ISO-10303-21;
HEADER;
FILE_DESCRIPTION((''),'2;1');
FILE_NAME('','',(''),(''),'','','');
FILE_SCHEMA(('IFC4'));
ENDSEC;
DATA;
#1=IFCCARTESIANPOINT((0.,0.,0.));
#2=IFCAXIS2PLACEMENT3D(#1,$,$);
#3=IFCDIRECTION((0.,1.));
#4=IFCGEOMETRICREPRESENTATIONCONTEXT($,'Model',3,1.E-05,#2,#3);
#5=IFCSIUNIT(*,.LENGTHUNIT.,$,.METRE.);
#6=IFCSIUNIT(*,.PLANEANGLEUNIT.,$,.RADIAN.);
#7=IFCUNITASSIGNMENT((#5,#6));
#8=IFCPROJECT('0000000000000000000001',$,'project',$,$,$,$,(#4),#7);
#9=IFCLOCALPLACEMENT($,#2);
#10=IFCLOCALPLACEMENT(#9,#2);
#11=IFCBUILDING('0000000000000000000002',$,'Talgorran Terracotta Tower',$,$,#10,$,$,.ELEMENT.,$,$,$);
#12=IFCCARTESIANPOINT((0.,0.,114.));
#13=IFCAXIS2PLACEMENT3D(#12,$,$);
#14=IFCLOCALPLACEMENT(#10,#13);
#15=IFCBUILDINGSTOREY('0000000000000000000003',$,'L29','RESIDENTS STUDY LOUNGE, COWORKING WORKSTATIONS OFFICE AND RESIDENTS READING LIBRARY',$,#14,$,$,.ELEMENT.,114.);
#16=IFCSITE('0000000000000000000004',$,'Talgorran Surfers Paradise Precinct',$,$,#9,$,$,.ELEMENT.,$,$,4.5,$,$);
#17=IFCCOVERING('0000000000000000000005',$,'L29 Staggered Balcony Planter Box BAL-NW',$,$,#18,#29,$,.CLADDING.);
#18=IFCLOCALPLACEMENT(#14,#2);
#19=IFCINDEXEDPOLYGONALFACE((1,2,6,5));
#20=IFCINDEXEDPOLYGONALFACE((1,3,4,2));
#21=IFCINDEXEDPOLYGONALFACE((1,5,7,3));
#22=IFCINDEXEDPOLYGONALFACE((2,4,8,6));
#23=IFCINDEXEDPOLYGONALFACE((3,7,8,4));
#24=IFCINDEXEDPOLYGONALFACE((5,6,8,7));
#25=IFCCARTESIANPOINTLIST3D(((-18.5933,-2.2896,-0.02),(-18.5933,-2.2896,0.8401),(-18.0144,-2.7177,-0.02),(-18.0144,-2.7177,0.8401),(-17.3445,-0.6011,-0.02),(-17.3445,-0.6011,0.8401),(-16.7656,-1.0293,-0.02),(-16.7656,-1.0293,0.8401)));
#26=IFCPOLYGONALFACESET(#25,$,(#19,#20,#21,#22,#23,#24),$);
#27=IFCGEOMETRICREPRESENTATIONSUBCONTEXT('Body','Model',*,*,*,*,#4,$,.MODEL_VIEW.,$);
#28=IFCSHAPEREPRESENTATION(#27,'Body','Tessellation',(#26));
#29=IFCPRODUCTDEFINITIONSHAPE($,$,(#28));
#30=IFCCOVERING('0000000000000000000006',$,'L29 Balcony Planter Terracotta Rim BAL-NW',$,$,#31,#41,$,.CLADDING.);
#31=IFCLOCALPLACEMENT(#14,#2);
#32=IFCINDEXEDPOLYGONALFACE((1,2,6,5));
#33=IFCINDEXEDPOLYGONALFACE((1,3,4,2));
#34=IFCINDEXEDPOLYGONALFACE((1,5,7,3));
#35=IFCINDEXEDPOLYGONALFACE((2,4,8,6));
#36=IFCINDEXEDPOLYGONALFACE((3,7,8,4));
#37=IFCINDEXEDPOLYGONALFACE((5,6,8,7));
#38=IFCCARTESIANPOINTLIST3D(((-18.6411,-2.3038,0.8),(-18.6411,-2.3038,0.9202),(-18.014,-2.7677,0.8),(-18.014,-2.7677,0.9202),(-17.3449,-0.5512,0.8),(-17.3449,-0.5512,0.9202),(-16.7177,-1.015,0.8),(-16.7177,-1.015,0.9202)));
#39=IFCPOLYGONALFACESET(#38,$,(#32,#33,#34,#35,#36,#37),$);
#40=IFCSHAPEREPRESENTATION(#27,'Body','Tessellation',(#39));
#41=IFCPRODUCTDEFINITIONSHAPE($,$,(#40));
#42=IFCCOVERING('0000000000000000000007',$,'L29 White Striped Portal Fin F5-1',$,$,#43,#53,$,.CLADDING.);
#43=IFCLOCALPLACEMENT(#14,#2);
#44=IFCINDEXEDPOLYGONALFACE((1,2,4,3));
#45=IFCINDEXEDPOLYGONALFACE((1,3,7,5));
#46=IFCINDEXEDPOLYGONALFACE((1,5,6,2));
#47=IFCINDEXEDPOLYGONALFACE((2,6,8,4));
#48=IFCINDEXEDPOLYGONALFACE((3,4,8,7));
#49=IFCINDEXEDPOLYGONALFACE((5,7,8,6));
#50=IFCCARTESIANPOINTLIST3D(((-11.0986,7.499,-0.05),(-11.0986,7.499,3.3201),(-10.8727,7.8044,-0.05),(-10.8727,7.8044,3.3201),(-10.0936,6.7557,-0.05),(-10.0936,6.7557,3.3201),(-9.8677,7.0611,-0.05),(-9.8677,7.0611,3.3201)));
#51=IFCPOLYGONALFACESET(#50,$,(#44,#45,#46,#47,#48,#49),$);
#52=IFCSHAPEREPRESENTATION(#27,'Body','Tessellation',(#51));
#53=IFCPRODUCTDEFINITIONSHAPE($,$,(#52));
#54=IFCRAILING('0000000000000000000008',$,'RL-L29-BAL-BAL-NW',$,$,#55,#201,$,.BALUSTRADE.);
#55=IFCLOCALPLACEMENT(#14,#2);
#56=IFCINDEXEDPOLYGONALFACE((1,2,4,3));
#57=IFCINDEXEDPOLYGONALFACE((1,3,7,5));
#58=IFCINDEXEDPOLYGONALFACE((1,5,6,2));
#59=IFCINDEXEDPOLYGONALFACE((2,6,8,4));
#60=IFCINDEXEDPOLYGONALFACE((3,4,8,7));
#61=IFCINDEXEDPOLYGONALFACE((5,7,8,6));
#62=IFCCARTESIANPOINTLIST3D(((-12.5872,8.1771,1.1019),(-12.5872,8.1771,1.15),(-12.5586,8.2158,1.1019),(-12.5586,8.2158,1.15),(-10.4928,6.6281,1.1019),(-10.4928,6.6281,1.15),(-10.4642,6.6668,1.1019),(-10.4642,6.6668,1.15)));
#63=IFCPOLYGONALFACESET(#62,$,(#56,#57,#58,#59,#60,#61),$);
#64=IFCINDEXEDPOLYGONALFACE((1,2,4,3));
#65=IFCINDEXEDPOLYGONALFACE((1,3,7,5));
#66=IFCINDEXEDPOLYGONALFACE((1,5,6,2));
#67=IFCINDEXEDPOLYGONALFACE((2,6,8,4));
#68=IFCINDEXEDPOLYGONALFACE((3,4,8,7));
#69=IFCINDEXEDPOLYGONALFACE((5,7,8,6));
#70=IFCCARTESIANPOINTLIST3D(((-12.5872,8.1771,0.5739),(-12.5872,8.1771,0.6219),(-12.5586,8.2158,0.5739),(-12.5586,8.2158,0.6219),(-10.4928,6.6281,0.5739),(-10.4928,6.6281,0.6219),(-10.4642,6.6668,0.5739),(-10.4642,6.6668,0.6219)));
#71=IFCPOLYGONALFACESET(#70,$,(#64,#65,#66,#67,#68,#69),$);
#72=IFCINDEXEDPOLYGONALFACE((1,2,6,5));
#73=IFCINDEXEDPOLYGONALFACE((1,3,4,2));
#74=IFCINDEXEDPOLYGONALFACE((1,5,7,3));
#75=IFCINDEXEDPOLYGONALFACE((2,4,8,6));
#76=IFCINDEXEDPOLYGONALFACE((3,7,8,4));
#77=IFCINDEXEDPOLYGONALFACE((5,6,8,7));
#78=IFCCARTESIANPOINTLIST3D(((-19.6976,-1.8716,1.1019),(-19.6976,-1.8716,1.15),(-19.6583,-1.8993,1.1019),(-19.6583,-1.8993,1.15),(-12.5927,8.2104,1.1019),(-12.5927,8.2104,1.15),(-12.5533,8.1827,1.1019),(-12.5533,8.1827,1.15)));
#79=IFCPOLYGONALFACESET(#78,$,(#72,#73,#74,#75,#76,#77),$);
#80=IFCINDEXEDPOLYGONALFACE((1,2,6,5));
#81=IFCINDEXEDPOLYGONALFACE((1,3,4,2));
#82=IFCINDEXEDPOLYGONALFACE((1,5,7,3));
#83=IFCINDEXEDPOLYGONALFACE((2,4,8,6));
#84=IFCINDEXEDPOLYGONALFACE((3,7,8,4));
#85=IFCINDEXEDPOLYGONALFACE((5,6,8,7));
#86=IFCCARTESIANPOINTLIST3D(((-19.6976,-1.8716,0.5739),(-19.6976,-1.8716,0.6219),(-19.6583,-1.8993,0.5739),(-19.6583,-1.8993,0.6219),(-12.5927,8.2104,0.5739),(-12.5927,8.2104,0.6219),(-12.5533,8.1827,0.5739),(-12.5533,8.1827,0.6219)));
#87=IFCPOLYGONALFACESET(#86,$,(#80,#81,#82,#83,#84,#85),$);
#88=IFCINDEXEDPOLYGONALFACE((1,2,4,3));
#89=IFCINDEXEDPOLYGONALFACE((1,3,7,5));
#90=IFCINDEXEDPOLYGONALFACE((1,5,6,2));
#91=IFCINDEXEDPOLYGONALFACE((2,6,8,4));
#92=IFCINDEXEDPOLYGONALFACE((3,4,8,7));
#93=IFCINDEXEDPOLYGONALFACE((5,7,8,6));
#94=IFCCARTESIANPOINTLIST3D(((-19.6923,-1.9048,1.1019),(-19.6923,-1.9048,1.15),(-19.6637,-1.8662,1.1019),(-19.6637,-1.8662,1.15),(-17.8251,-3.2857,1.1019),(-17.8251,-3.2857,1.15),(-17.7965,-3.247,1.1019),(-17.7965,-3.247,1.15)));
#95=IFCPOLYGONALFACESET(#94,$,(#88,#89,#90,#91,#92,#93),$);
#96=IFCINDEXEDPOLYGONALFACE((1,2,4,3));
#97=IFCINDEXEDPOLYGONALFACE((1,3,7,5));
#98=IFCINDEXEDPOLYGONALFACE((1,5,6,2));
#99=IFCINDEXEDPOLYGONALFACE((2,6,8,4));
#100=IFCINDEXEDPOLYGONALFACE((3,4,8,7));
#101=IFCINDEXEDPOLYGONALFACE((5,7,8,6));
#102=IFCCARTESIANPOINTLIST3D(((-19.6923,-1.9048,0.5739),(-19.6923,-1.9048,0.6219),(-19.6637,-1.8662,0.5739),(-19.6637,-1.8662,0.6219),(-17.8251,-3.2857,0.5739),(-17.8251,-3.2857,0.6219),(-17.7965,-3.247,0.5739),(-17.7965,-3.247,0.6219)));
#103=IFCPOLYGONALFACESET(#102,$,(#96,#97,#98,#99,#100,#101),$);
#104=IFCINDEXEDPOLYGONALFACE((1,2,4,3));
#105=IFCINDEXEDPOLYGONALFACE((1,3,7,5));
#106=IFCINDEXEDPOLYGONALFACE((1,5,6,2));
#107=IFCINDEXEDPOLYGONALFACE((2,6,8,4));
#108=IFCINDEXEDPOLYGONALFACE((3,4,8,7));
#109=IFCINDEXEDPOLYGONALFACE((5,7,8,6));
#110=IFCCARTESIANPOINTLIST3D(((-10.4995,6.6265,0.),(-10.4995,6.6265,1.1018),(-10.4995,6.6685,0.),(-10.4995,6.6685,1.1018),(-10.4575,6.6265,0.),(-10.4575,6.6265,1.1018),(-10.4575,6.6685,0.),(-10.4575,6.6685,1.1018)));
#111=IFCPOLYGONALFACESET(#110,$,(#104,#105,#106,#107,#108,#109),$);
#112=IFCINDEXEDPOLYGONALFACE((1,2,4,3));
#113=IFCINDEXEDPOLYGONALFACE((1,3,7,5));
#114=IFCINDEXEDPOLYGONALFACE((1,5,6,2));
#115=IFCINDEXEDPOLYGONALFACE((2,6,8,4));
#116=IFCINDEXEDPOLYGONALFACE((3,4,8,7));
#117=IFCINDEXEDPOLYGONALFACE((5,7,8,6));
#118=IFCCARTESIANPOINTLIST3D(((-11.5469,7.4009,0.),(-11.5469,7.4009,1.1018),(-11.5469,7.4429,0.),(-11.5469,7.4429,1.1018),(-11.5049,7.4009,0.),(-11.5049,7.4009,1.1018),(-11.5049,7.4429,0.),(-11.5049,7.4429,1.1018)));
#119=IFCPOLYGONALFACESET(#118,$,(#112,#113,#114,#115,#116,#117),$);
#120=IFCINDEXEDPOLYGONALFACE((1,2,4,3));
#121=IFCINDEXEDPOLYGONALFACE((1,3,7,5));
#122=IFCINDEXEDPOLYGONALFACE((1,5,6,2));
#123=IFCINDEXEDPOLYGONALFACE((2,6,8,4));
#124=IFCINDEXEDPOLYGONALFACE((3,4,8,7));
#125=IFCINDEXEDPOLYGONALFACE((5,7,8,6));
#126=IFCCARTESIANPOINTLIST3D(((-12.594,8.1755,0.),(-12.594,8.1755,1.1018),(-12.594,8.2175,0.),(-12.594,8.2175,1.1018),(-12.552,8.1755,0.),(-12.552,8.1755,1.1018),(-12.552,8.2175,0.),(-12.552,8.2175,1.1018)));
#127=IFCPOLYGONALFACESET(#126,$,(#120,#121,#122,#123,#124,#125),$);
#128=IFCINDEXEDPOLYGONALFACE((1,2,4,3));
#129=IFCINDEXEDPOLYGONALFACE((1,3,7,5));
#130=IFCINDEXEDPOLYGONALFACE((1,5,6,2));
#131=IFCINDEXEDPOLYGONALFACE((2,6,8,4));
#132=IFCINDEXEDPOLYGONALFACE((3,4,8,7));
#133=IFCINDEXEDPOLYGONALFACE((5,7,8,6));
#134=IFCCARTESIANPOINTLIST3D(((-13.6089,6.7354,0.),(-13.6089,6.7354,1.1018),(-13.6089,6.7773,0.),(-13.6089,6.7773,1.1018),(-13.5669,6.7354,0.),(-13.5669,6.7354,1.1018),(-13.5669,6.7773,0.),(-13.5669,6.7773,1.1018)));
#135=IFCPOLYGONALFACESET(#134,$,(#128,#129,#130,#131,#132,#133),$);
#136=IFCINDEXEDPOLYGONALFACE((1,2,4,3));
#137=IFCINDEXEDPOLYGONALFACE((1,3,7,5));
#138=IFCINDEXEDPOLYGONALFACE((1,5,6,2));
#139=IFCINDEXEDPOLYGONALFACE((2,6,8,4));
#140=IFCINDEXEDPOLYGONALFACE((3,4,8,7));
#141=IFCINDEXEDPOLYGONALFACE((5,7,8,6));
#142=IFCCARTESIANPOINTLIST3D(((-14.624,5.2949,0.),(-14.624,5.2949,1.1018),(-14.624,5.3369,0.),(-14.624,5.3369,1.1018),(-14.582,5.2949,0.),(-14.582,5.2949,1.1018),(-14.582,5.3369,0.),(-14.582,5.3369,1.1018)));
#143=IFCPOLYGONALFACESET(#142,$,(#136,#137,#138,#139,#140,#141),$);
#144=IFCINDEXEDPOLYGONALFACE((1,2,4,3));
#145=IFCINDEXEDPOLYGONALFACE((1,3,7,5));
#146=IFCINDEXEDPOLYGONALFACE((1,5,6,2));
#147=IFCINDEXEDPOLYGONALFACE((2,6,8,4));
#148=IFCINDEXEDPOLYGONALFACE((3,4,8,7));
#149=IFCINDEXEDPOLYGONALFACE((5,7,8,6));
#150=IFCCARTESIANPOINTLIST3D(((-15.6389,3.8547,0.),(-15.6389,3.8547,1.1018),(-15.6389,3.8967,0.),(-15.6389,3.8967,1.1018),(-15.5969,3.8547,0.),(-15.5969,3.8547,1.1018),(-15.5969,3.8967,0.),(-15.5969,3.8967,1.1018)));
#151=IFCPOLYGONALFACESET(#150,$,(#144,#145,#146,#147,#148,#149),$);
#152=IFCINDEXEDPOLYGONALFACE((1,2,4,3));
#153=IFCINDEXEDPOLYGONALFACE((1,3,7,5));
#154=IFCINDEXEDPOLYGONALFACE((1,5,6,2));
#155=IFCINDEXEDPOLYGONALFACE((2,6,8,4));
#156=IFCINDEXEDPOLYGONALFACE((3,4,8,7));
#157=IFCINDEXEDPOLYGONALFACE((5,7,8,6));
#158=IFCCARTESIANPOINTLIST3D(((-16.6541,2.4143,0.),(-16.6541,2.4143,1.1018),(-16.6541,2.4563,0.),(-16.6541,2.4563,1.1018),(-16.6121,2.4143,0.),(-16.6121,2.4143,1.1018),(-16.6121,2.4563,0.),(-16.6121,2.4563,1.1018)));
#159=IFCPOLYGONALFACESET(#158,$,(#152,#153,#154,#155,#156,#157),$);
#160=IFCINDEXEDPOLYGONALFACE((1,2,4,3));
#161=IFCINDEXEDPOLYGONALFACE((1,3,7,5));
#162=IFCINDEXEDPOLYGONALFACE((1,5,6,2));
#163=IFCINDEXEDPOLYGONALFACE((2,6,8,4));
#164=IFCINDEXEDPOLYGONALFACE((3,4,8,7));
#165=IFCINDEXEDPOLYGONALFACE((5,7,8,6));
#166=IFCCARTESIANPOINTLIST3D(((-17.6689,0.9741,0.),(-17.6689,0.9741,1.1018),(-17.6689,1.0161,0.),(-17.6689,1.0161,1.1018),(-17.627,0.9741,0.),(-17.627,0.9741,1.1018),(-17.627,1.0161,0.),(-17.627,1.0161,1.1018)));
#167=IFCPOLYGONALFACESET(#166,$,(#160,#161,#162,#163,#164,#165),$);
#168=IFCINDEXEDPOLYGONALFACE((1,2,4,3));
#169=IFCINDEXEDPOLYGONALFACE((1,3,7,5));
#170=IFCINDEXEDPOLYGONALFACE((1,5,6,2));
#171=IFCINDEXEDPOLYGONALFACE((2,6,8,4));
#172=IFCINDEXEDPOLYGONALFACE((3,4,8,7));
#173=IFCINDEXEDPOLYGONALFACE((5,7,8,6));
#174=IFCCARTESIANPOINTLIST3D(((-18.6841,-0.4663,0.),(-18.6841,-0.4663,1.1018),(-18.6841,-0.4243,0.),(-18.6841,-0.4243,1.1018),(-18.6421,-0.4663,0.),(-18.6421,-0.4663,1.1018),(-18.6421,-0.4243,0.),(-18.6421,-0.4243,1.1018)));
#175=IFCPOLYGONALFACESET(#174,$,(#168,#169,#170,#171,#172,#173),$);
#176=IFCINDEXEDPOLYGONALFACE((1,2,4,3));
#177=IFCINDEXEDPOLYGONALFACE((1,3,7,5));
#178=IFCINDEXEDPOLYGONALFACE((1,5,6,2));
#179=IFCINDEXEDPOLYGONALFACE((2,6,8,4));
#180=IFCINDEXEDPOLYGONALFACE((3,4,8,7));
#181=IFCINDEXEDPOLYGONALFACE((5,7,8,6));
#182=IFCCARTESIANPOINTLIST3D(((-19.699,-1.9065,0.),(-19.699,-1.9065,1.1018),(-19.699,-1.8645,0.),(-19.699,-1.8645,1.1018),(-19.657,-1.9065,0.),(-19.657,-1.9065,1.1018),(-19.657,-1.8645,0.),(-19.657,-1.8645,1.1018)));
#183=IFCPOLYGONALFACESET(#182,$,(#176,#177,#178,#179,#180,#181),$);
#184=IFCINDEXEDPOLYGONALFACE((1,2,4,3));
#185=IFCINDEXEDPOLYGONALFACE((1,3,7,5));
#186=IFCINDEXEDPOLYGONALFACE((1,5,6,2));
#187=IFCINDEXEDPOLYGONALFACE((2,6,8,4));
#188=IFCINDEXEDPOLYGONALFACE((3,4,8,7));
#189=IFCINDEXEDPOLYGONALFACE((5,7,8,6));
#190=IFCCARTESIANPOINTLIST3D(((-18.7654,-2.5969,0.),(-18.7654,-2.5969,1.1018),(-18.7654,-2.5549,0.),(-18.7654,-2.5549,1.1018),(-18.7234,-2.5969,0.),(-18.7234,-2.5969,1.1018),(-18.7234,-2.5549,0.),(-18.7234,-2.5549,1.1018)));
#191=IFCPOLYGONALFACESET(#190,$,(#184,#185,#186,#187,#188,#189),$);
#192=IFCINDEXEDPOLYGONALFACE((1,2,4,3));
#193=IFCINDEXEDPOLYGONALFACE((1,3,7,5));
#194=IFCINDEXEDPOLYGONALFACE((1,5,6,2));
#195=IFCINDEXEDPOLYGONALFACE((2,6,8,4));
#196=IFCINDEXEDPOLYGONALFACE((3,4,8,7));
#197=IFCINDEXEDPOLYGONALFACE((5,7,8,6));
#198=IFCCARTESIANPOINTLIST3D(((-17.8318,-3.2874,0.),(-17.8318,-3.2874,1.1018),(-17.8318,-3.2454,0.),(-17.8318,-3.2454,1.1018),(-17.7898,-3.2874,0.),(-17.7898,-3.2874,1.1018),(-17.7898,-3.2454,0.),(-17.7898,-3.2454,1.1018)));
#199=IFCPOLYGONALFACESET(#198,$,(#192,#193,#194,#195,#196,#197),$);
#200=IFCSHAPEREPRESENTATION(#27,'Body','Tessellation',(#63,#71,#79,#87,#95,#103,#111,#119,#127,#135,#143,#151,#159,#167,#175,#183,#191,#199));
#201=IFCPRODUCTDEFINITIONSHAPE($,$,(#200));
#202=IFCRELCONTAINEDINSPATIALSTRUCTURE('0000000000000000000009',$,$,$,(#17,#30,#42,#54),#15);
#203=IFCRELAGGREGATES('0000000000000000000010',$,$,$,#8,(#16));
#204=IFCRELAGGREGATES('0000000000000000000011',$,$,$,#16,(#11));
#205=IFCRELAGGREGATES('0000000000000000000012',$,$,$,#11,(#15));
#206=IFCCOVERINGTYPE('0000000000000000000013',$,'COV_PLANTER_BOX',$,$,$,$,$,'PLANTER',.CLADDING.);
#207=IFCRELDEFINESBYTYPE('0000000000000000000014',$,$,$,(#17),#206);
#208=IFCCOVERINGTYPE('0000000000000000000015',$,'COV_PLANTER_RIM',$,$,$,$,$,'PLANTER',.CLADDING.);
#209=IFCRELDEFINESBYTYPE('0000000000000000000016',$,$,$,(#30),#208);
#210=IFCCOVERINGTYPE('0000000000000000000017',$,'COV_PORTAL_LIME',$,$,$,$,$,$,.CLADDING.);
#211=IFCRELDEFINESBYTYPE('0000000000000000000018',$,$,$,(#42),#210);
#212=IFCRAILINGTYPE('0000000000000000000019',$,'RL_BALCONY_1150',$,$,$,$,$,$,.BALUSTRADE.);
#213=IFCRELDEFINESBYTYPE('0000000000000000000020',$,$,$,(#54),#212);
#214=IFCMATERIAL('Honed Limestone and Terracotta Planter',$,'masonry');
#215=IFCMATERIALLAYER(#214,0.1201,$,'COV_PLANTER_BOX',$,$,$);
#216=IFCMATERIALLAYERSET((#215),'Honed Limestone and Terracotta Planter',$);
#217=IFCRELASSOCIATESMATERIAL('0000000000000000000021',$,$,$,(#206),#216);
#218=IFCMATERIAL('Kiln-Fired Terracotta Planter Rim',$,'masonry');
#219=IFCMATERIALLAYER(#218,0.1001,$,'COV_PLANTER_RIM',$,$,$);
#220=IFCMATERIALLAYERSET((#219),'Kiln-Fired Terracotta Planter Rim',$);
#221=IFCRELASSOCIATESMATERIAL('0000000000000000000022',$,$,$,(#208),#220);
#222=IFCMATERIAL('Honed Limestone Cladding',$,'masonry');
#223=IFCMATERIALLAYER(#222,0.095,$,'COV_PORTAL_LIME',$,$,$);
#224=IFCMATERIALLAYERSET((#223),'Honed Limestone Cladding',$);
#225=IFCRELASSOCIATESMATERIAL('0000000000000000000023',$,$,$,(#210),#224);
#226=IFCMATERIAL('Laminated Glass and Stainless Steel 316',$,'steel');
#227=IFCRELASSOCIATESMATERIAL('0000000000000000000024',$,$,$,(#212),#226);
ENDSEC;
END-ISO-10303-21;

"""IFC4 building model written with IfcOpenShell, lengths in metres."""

from ifc_helpers import new_model, si_unit, direction, frame, origin, origin_2d, place, context, subcontext, project, spatial, rectangle, extrude, material, layer, layer_set, type_object, element, save


model = new_model("IFC4")

# Units and contexts
model_context = context("Model", 3, precision=1e-05, world=origin(), true_north=direction((0.0, 1.0)))
body_context = subcontext(model_context, "Body", "Model", "MODEL_VIEW")
ifc_project = project(units=[si_unit("LENGTHUNIT", "METRE"), si_unit("PLANEANGLEUNIT", "RADIAN")], contexts=[model_context])

# Site, building, storey
site_placement = place(None, origin())
site = spatial("IfcSite", under=ifc_project, at=site_placement, Name="Talgorran Surfers Paradise Precinct", CompositionType="ELEMENT", RefElevation=4.5)
building_placement = place(site_placement, origin())
building = spatial("IfcBuilding", under=site, at=building_placement, Name="Talgorran Terracotta Tower", CompositionType="ELEMENT")
storey_placement = place(building_placement, frame((0.0, 0.0, 114.0)))
storey = spatial("IfcBuildingStorey", under=building, at=storey_placement, Name="L29", Description="RESIDENTS STUDY LOUNGE, COWORKING WORKSTATIONS OFFICE AND RESIDENTS READING LIBRARY", CompositionType="ELEMENT", Elevation=114.0)

# Coverings
ifc_material_1 = material(Name="Honed Limestone and Terracotta Planter", Category="masonry")
ifc_layer_1 = layer(ifc_material_1, 0.1201, Name="COV_PLANTER_BOX")
ifc_layer_set_1 = layer_set([ifc_layer_1], Name="Honed Limestone and Terracotta Planter")
covering_type_1 = type_object("IfcCoveringType", Name="COV_PLANTER_BOX", ElementType="PLANTER", PredefinedType="CLADDING", material=ifc_layer_set_1)
covering_1_placement = place(storey_placement, frame((-17.6794, -1.6594, -0.02), z_axis=(0.0, 0.0, 1.0), x_axis=(-0.59464, -0.803992, 0.0)))
element("IfcCovering", 1, at=covering_1_placement, inside=storey, type_object=covering_type_1, Name="L29 Staggered Balcony Planter Box BAL-NW", PredefinedType="CLADDING", context=body_context, shape_type="SweptSolid", body=[
    extrude(rectangle(XDim=2.1001, YDim=0.72, at=origin_2d()), origin(), (0.0, 0.0, 1.0), 0.8601),
])
ifc_material_2 = material(Name="Kiln-Fired Terracotta Planter Rim", Category="masonry")
ifc_layer_2 = layer(ifc_material_2, 0.1001, Name="COV_PLANTER_RIM")
ifc_layer_set_2 = layer_set([ifc_layer_2], Name="Kiln-Fired Terracotta Planter Rim")
covering_type_2 = type_object("IfcCoveringType", Name="COV_PLANTER_RIM", ElementType="PLANTER", PredefinedType="CLADDING", material=ifc_layer_set_2)
covering_2_placement = place(storey_placement, frame((-17.6794, -1.6594, 0.8), z_axis=(0.0, 0.0, 1.0), x_axis=(-0.59464, -0.803992, 0.0)))
element("IfcCovering", 2, at=covering_2_placement, inside=storey, type_object=covering_type_2, Name="L29 Balcony Planter Terracotta Rim BAL-NW", PredefinedType="CLADDING", context=body_context, shape_type="SweptSolid", body=[
    extrude(rectangle(XDim=2.1799, YDim=0.78, at=origin_2d()), origin(), (0.0, 0.0, 1.0), 0.1201),
])
ifc_material_3 = material(Name="Honed Limestone Cladding", Category="masonry")
ifc_layer_3 = layer(ifc_material_3, 0.095, Name="COV_PORTAL_LIME")
ifc_layer_set_3 = layer_set([ifc_layer_3], Name="Honed Limestone Cladding")
covering_type_3 = type_object("IfcCoveringType", Name="COV_PORTAL_LIME", PredefinedType="CLADDING", material=ifc_layer_set_3)
covering_3_placement = place(storey_placement, frame((-10.4832, 7.28, -0.05), z_axis=(0.0, 0.0, 1.0), x_axis=(-0.59464, -0.803992, 0.0)))
element("IfcCovering", 3, at=covering_3_placement, inside=storey, type_object=covering_type_3, Name="L29 White Striped Portal Fin F5-1", PredefinedType="CLADDING", context=body_context, shape_type="SweptSolid", body=[
    extrude(rectangle(XDim=0.3799, YDim=1.25, at=origin_2d()), origin(), (0.0, 0.0, 1.0), 3.3701),
])

# Railing
ifc_material_4 = material(Name="Laminated Glass and Stainless Steel 316", Category="steel")
railing_type = type_object("IfcRailingType", Name="RL_BALCONY_1150", PredefinedType="BALUSTRADE", material=ifc_material_4)
railing_placement = place(storey_placement, frame((-10.4785, 6.6475, 0.0)))
element("IfcRailing", 4, at=railing_placement, inside=storey, type_object=railing_type, Name="RL-L29-BAL-BAL-NW", PredefinedType="BALUSTRADE", context=body_context, shape_type="SweptSolid", body=[
    extrude(rectangle(XDim=0.0481, YDim=0.0481, at=origin_2d()), frame((0.0, 0.0, 1.126), z_axis=(-0.803997, 0.594633, 0.0), x_axis=(-0.594633, -0.803997, 0.0)), (0.0, 0.0, 1.0), 2.605),
    extrude(rectangle(XDim=0.0481, YDim=0.0481, at=origin_2d()), frame((0.0, 0.0, 0.5979), z_axis=(-0.803997, 0.594633, 0.0), x_axis=(-0.594633, -0.803997, 0.0)), (0.0, 0.0, 1.0), 2.605),
    extrude(rectangle(XDim=0.0481, YDim=0.0481, at=origin_2d()), frame((-2.0945, 1.5491, 1.126), z_axis=(-0.576047, -0.817416, 0.0), x_axis=(0.817416, -0.576047, 0.0)), (0.0, 0.0, 1.0), 12.334),
    extrude(rectangle(XDim=0.0481, YDim=0.0481, at=origin_2d()), frame((-2.0945, 1.5491, 0.5979), z_axis=(-0.576047, -0.817416, 0.0), x_axis=(0.817416, -0.576047, 0.0)), (0.0, 0.0, 1.0), 12.334),
    extrude(rectangle(XDim=0.0481, YDim=0.0481, at=origin_2d()), frame((-9.1995, -8.533, 1.126), z_axis=(0.804019, -0.594604, 0.0), x_axis=(0.594604, 0.804019, 0.0)), (0.0, 0.0, 1.0), 2.3223),
    extrude(rectangle(XDim=0.0481, YDim=0.0481, at=origin_2d()), frame((-9.1995, -8.533, 0.5979), z_axis=(0.804019, -0.594604, 0.0), x_axis=(0.594604, 0.804019, 0.0)), (0.0, 0.0, 1.0), 2.3223),
    extrude(rectangle(XDim=0.042, YDim=0.042, at=origin_2d()), origin(), (0.0, 0.0, 1.0), 1.1018),
    extrude(rectangle(XDim=0.042, YDim=0.042, at=origin_2d()), frame((-1.0474, 0.7744, 0.0)), (0.0, 0.0, 1.0), 1.1018),
    extrude(rectangle(XDim=0.042, YDim=0.042, at=origin_2d()), frame((-2.0945, 1.5491, 0.0)), (0.0, 0.0, 1.0), 1.1018),
    extrude(rectangle(XDim=0.042, YDim=0.042, at=origin_2d()), frame((-3.1094, 0.1089, 0.0)), (0.0, 0.0, 1.0), 1.1018),
    extrude(rectangle(XDim=0.042, YDim=0.042, at=origin_2d()), frame((-4.1245, -1.3315, 0.0)), (0.0, 0.0, 1.0), 1.1018),
    extrude(rectangle(XDim=0.042, YDim=0.042, at=origin_2d()), frame((-5.1394, -2.7717, 0.0)), (0.0, 0.0, 1.0), 1.1018),
    extrude(rectangle(XDim=0.042, YDim=0.042, at=origin_2d()), frame((-6.1545, -4.2122, 0.0)), (0.0, 0.0, 1.0), 1.1018),
    extrude(rectangle(XDim=0.042, YDim=0.042, at=origin_2d()), frame((-7.1694, -5.6523, 0.0)), (0.0, 0.0, 1.0), 1.1018),
    extrude(rectangle(XDim=0.042, YDim=0.042, at=origin_2d()), frame((-8.1846, -7.0928, 0.0)), (0.0, 0.0, 1.0), 1.1018),
    extrude(rectangle(XDim=0.042, YDim=0.042, at=origin_2d()), frame((-9.1995, -8.533, 0.0)), (0.0, 0.0, 1.0), 1.1018),
    extrude(rectangle(XDim=0.042, YDim=0.042, at=origin_2d()), frame((-8.2659, -9.2234, 0.0)), (0.0, 0.0, 1.0), 1.1018),
    extrude(rectangle(XDim=0.042, YDim=0.042, at=origin_2d()), frame((-7.3323, -9.9138, 0.0)), (0.0, 0.0, 1.0), 1.1018),
])

save(model, "model.ifc")
